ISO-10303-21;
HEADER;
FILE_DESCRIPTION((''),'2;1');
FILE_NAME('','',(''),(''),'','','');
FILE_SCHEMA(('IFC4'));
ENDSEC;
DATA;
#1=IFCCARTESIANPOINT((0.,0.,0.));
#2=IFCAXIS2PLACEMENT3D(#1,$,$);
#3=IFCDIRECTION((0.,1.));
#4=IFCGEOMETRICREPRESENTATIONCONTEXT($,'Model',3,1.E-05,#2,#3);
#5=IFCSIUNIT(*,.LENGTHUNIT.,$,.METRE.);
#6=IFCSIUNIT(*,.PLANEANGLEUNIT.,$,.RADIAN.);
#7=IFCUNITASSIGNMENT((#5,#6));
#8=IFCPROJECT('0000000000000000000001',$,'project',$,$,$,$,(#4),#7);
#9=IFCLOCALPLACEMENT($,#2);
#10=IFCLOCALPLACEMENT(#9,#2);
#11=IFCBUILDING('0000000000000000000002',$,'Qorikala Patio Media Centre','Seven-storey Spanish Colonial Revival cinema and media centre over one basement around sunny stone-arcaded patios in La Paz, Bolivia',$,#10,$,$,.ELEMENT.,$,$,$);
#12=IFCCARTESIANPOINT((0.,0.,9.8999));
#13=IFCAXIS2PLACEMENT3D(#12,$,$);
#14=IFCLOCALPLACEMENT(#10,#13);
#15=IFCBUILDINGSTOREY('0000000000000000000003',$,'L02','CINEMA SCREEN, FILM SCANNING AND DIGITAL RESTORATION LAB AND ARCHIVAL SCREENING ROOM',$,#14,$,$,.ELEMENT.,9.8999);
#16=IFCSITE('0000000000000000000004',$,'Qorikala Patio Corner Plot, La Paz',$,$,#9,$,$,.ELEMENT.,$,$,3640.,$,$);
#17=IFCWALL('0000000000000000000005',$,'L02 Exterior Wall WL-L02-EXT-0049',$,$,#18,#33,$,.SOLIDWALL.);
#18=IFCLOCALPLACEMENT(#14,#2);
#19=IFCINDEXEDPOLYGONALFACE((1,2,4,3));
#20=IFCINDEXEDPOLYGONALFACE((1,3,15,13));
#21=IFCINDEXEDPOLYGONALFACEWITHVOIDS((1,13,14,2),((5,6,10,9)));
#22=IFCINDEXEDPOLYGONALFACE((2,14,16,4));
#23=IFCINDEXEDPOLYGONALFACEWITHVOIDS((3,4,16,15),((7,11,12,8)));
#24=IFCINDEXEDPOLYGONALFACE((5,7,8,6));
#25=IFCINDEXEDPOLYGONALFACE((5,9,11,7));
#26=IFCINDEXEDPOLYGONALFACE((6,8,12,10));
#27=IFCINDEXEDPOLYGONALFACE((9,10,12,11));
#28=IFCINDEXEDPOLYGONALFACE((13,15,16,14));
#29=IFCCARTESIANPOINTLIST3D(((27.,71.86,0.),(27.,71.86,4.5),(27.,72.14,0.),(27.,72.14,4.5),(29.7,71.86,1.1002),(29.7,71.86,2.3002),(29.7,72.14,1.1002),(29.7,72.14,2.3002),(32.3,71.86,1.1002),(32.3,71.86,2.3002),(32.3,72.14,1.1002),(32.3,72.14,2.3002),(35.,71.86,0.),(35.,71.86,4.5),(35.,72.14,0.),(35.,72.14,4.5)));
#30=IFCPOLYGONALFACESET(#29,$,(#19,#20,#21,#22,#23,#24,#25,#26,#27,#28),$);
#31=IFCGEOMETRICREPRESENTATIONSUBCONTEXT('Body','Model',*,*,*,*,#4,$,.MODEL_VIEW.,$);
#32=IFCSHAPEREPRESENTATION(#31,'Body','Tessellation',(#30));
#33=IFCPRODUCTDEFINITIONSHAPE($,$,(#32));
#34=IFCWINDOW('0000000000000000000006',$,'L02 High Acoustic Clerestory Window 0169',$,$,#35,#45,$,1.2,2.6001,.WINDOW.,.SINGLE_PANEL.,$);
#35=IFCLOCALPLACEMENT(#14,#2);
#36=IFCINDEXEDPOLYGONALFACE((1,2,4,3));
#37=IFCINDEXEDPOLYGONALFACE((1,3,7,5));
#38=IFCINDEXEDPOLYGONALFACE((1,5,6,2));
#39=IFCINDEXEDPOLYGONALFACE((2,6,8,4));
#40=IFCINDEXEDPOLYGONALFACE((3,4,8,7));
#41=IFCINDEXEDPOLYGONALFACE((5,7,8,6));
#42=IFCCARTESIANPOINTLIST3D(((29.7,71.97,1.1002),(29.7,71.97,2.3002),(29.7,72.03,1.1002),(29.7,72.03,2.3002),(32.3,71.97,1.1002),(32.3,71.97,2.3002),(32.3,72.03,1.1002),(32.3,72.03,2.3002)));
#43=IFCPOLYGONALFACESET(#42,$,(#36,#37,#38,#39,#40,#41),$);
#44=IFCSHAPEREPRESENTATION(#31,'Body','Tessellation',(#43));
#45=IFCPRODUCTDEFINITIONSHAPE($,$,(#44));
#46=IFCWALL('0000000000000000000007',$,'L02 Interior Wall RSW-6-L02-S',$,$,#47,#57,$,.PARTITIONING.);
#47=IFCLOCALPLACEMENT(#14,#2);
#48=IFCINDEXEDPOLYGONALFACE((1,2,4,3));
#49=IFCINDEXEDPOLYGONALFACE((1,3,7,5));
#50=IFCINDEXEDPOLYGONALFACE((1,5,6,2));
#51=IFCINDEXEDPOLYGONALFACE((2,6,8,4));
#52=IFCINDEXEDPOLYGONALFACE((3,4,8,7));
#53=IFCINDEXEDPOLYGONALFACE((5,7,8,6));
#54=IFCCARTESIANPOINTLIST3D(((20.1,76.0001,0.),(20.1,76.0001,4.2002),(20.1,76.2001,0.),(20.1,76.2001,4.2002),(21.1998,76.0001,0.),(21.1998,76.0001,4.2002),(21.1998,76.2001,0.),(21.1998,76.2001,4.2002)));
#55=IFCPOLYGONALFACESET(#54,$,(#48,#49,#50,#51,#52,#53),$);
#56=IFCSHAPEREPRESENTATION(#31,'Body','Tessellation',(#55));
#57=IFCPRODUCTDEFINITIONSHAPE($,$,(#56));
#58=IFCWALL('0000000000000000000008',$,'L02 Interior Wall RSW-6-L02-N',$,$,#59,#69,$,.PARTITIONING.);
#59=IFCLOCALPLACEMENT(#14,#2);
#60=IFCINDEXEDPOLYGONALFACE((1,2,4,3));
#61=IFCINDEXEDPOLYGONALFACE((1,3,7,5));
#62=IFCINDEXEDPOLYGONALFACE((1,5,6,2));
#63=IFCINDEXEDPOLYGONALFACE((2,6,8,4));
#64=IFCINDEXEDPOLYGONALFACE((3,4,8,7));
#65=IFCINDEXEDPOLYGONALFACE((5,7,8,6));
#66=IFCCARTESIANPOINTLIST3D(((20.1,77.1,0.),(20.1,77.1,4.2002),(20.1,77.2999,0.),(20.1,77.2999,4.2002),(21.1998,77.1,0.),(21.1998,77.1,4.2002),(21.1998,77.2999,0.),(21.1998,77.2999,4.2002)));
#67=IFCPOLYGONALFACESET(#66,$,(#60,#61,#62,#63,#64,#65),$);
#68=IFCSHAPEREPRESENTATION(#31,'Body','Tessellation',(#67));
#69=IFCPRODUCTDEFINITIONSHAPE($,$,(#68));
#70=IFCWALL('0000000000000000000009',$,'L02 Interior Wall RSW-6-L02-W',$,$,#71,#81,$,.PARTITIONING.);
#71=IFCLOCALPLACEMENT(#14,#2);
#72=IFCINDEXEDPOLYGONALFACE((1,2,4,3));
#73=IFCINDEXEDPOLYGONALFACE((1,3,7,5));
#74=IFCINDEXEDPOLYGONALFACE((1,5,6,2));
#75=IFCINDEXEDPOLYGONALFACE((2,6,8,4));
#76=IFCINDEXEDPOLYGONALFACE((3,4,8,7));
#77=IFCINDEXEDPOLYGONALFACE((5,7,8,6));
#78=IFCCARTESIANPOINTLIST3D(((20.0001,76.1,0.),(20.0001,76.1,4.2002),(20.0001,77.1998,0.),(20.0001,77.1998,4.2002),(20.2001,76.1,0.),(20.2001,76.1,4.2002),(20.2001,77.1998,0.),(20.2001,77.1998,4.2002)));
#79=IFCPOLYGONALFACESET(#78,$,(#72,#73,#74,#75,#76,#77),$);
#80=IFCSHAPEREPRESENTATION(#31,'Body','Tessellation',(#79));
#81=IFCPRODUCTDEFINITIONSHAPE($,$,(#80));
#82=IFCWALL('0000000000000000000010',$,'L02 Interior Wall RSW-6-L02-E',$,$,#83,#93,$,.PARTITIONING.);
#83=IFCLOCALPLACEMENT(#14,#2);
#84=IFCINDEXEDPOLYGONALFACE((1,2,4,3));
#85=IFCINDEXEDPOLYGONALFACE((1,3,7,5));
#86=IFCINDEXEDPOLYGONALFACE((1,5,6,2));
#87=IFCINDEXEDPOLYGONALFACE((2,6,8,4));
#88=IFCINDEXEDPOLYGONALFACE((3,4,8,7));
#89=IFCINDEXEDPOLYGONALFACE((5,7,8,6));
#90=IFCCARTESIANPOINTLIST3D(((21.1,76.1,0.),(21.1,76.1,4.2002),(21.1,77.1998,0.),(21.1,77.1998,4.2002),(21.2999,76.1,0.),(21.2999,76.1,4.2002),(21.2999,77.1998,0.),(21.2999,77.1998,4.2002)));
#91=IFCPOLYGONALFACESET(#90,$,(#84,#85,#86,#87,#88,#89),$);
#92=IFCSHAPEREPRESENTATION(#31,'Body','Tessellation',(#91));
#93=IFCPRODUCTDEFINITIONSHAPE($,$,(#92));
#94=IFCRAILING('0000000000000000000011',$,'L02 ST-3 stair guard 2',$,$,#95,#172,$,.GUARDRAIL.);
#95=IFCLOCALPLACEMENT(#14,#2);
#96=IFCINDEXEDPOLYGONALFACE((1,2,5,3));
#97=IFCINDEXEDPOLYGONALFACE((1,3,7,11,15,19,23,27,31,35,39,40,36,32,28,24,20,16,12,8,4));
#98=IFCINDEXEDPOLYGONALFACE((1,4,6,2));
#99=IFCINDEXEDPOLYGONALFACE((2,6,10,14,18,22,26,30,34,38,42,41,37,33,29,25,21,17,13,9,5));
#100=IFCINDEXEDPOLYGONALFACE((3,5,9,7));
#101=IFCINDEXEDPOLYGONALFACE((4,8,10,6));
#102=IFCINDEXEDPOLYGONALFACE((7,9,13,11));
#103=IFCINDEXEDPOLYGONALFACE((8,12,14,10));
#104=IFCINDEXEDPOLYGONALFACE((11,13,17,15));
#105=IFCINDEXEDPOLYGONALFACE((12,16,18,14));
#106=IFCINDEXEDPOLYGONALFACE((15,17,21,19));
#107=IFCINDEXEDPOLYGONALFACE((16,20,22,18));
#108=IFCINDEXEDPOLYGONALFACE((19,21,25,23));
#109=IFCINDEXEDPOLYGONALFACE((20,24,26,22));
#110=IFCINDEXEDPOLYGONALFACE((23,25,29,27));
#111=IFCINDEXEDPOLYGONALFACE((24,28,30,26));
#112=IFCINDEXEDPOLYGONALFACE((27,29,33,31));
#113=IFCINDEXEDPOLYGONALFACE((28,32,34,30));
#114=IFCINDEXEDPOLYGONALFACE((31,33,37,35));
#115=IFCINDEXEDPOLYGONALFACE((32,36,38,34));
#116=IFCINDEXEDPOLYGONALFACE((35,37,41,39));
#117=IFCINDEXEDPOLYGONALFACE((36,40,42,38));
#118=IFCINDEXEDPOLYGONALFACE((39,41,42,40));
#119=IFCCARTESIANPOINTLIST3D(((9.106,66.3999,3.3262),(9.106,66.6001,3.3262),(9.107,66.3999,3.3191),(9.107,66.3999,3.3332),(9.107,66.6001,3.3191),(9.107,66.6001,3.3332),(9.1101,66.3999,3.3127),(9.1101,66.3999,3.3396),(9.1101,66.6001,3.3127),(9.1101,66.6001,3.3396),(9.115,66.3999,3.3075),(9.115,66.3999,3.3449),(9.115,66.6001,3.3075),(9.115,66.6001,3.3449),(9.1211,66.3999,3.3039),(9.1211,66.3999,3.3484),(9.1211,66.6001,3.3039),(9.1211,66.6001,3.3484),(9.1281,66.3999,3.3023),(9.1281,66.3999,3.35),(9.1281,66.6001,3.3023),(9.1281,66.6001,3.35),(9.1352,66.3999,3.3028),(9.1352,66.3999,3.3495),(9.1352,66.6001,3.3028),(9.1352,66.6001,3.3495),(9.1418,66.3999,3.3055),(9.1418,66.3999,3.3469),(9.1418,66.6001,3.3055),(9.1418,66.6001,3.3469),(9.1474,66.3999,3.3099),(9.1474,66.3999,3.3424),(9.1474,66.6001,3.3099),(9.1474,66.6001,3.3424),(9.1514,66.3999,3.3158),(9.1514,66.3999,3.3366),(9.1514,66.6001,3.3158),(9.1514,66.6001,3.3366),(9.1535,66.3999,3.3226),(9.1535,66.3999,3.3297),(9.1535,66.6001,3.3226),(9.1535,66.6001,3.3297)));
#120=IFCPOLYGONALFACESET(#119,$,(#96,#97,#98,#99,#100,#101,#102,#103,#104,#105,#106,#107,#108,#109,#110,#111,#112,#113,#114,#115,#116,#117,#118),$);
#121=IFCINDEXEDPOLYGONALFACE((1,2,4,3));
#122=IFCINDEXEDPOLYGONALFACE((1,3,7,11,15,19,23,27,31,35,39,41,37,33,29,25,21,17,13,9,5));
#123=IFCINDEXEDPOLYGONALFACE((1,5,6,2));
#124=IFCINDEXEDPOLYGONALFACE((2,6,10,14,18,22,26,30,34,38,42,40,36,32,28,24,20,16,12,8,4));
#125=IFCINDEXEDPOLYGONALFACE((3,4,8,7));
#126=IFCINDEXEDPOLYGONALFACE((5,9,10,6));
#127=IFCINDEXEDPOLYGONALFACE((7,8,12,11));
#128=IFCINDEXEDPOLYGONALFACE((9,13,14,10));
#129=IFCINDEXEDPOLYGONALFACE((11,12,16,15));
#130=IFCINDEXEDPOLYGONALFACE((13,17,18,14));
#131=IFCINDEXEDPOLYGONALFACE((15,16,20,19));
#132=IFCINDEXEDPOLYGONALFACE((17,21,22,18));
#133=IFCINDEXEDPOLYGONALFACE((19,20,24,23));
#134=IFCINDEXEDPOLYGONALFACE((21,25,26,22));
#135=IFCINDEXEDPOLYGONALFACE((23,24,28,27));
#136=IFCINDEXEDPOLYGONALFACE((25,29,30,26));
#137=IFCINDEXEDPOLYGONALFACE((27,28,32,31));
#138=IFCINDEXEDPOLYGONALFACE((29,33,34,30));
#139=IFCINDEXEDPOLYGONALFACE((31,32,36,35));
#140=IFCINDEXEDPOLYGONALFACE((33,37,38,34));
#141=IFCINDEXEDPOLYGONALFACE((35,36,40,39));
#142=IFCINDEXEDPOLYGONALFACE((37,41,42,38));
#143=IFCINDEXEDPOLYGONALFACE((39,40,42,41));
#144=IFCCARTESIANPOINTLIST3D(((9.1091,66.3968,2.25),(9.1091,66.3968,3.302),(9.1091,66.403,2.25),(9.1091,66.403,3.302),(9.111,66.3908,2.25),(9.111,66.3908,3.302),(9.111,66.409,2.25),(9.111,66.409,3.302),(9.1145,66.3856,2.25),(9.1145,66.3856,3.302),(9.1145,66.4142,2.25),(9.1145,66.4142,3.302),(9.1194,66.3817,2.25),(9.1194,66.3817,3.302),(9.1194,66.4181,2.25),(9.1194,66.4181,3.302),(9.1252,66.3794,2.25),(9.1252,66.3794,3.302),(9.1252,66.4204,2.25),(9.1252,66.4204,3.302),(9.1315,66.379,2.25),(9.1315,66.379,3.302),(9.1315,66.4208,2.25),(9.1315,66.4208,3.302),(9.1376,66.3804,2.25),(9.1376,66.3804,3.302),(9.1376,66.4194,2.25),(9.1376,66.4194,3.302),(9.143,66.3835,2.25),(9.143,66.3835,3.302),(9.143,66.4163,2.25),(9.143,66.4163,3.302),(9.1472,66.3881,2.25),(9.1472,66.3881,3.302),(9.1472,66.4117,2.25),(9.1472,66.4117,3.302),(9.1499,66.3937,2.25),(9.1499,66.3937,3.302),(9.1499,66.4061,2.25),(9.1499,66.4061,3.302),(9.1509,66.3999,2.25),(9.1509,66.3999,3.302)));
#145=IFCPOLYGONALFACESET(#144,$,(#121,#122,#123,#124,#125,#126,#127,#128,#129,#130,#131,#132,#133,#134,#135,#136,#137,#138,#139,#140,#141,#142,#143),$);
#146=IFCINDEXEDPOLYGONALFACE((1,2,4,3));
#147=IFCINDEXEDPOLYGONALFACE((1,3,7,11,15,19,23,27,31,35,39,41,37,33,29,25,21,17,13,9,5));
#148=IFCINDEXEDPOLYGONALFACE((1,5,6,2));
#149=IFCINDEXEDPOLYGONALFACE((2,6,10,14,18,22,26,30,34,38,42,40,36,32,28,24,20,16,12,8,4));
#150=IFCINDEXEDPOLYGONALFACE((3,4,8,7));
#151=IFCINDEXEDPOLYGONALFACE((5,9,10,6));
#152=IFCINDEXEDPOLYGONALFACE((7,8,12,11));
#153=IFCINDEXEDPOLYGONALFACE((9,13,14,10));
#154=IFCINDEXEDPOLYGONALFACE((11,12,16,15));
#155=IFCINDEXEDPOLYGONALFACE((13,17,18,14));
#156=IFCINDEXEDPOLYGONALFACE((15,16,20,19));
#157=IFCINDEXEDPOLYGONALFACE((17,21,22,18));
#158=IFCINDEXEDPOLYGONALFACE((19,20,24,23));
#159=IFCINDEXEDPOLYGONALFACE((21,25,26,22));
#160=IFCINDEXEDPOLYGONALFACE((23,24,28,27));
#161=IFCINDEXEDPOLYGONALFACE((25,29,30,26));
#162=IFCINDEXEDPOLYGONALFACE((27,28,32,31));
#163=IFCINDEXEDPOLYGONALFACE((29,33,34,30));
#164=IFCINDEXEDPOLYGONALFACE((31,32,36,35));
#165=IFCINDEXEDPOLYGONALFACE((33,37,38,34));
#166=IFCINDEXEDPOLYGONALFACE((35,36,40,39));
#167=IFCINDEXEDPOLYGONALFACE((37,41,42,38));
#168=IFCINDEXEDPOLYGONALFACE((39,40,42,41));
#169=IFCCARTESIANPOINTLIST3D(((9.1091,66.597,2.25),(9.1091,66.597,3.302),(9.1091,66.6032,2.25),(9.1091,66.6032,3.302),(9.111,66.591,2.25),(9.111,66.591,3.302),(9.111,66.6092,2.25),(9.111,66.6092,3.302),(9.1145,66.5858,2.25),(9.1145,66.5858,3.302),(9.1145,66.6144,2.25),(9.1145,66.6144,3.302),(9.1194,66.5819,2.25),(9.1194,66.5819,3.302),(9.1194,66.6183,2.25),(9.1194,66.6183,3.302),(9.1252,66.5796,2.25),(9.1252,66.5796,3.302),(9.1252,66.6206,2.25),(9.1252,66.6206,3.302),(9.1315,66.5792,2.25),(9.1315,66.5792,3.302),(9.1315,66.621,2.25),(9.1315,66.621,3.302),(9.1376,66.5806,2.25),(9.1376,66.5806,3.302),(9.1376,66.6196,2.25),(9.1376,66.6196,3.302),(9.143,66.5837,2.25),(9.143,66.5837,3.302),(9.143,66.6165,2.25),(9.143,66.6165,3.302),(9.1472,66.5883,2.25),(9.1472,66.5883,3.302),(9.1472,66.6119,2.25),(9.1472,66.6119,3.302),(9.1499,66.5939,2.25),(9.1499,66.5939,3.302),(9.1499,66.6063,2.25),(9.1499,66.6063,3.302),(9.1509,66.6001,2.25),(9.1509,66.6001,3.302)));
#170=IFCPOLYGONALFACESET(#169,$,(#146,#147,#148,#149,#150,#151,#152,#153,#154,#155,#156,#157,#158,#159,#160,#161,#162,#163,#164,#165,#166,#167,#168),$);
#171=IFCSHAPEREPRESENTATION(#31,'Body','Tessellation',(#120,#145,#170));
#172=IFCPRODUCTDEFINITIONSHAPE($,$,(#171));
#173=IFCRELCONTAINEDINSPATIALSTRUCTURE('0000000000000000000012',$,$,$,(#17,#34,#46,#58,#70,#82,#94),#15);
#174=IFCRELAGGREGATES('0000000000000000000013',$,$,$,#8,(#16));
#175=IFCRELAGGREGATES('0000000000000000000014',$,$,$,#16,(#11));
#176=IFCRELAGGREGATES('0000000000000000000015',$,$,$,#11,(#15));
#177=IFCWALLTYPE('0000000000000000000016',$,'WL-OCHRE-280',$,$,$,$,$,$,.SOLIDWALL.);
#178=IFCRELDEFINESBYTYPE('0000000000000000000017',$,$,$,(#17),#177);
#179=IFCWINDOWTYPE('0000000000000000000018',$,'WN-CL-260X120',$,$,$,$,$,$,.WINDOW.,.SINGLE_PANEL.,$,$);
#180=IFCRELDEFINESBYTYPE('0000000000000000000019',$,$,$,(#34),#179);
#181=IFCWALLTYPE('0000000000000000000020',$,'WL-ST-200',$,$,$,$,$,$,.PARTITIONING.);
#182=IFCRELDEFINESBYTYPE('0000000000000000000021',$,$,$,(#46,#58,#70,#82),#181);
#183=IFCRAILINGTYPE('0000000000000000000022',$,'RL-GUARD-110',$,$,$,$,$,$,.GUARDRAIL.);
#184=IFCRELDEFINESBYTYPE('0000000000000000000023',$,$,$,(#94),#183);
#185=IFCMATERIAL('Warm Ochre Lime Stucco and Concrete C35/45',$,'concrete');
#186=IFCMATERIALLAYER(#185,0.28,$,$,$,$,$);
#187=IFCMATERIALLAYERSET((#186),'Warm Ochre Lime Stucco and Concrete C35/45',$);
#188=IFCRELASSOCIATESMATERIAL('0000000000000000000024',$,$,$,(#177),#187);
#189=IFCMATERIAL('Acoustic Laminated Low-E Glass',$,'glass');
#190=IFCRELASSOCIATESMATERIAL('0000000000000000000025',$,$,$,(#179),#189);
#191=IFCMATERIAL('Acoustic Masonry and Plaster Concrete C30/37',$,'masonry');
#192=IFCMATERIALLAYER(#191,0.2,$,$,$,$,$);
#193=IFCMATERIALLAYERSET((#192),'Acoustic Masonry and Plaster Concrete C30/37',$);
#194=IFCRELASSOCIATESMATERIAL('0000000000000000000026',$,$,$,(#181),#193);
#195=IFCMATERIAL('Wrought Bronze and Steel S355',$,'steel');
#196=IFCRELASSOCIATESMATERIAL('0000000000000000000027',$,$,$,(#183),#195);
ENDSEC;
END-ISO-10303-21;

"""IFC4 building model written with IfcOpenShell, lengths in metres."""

from ifc_helpers import new_model, si_unit, direction, frame, frame_2d, origin, origin_2d, place, context, subcontext, project, spatial, rectangle, circle, extrude, material, layer, layer_set, type_object, element, fill, save


model = new_model("IFC4")

# Units and contexts
model_context = context("Model", 3, precision=1e-05, world=origin(), true_north=direction((0.0, 1.0)))
body_context = subcontext(model_context, "Body", "Model", "MODEL_VIEW")
ifc_project = project(units=[si_unit("LENGTHUNIT", "METRE"), si_unit("PLANEANGLEUNIT", "RADIAN")], contexts=[model_context])

# Site, building, storey
site_placement = place(None, origin())
site = spatial("IfcSite", under=ifc_project, at=site_placement, Name="Qorikala Patio Corner Plot, La Paz", CompositionType="ELEMENT", RefElevation=3640.0)
building_placement = place(site_placement, origin())
building = spatial("IfcBuilding", under=site, at=building_placement, Name="Qorikala Patio Media Centre", Description="Seven-storey Spanish Colonial Revival cinema and media centre over one basement around sunny stone-arcaded patios in La Paz, Bolivia", CompositionType="ELEMENT")
storey_placement = place(building_placement, frame((0.0, 0.0, 9.8999)))
storey = spatial("IfcBuildingStorey", under=building, at=storey_placement, Name="L02", Description="CINEMA SCREEN, FILM SCANNING AND DIGITAL RESTORATION LAB AND ARCHIVAL SCREENING ROOM", CompositionType="ELEMENT", Elevation=9.8999)

# Wall, opening, window
ifc_material_1 = material(Name="Warm Ochre Lime Stucco and Concrete C35/45", Category="concrete")
ifc_layer_1 = layer(ifc_material_1, 0.28)
ifc_layer_set_1 = layer_set([ifc_layer_1], Name="Warm Ochre Lime Stucco and Concrete C35/45")
wall_type_1 = type_object("IfcWallType", Name="WL-OCHRE-280", PredefinedType="SOLIDWALL", material=ifc_layer_set_1)
wall_1_placement = place(storey_placement, frame((27.0, 72.0, 0.0), z_axis=(0.0, 0.0, 1.0), x_axis=(1.0, 0.0, 0.0)))
wall_1 = element("IfcWall", 1, at=wall_1_placement, inside=storey, type_object=wall_type_1, Name="L02 Exterior Wall WL-L02-EXT-0049", PredefinedType="SOLIDWALL", context=body_context, shape_type="SweptSolid", body=[
    extrude(rectangle(XDim=8.0, YDim=0.28, at=frame_2d((4.0, 0.0))), origin(), (0.0, 0.0, 1.0), 4.5),
])
opening_1_placement = place(wall_1_placement, frame((2.7, 0.0, 1.1001)))
opening_1 = element("IfcOpeningElement", 2, at=opening_1_placement, cuts=wall_1, PredefinedType="OPENING", context=body_context, shape_type="SweptSolid", body=[
    extrude(rectangle(XDim=2.6001, YDim=1.2, at=frame_2d((1.3, 0.6001))), frame((0.0, 0.1499, 0.0), z_axis=(0.0, -1.0, 0.0), x_axis=(1.0, 0.0, 0.0)), (0.0, 0.0, 1.0), 0.3),
])
ifc_material_2 = material(Name="Acoustic Laminated Low-E Glass", Category="glass")
window_type = type_object("IfcWindowType", Name="WN-CL-260X120", PartitioningType="SINGLE_PANEL", PredefinedType="WINDOW", material=ifc_material_2)
window_placement = place(opening_1_placement, origin())
window = element("IfcWindow", 3, at=window_placement, inside=storey, type_object=window_type, Name="L02 High Acoustic Clerestory Window 0169", OverallHeight=1.2, OverallWidth=2.6001, PartitioningType="SINGLE_PANEL", PredefinedType="WINDOW", context=body_context, shape_type="SweptSolid", body=[
    extrude(rectangle(XDim=2.6001, YDim=1.2, at=frame_2d((1.3, 0.6001))), frame((0.0, 0.03, 0.0), z_axis=(0.0, -1.0, 0.0), x_axis=(1.0, 0.0, 0.0)), (0.0, 0.0, 1.0), 0.0601),
])
fill(opening_1, window)

# Walls
ifc_material_3 = material(Name="Acoustic Masonry and Plaster Concrete C30/37", Category="masonry")
ifc_layer_2 = layer(ifc_material_3, 0.2)
ifc_layer_set_2 = layer_set([ifc_layer_2], Name="Acoustic Masonry and Plaster Concrete C30/37")
wall_type_2 = type_object("IfcWallType", Name="WL-ST-200", PredefinedType="PARTITIONING", material=ifc_layer_set_2)
for number, where, z_axis, x_axis, name in (
    (4, (20.1001, 76.1001, 0.0), (0.0, 0.0, 1.0), (1.0, 0.0, 0.0), "L02 Interior Wall RSW-6-L02-S"),
    (5, (20.1001, 77.2, 0.0), (0.0, 0.0, 1.0), (1.0, 0.0, 0.0), "L02 Interior Wall RSW-6-L02-N"),
    (6, (20.1001, 76.1001, 0.0), (0.0, 0.0, 1.0), (0.0, 1.0, 0.0), "L02 Interior Wall RSW-6-L02-W"),
    (7, (21.2, 76.1001, 0.0), (0.0, 0.0, 1.0), (0.0, 1.0, 0.0), "L02 Interior Wall RSW-6-L02-E"),
):
    element("IfcWall", number, at=place(storey_placement, frame(where, z_axis=z_axis, x_axis=x_axis)), inside=storey, type_object=wall_type_2, Name=name, PredefinedType="PARTITIONING", context=body_context, shape_type="SweptSolid", body=[
        extrude(rectangle(XDim=1.0999, YDim=0.2, at=frame_2d((0.5498, 0.0))), origin(), (0.0, 0.0, 1.0), 4.2002),
    ])

# Railing
ifc_material_4 = material(Name="Wrought Bronze and Steel S355", Category="steel")
railing_type = type_object("IfcRailingType", Name="RL-GUARD-110", PredefinedType="GUARDRAIL", material=ifc_material_4)
railing_placement = place(storey_placement, frame((9.1299, 66.3999, 2.25)))
element("IfcRailing", 8, at=railing_placement, inside=storey, type_object=railing_type, Name="L02 ST-3 stair guard 2", PredefinedType="GUARDRAIL", context=body_context, shape_type="SweptSolid", body=[
    extrude(circle(Radius=0.0239, at=origin_2d()), frame((0.0, 0.0, 1.0762), z_axis=(0.0, 1.0, 0.0), x_axis=(-1.0, 0.0, 0.0)), (0.0, 0.0, 1.0), 0.2002),
    extrude(circle(Radius=0.021, at=origin_2d()), origin(), (0.0, 0.0, 1.0), 1.052),
    extrude(circle(Radius=0.021, at=origin_2d()), frame((0.0, 0.2002, 0.0)), (0.0, 0.0, 1.0), 1.052),
])

save(model, "model.ifc")
